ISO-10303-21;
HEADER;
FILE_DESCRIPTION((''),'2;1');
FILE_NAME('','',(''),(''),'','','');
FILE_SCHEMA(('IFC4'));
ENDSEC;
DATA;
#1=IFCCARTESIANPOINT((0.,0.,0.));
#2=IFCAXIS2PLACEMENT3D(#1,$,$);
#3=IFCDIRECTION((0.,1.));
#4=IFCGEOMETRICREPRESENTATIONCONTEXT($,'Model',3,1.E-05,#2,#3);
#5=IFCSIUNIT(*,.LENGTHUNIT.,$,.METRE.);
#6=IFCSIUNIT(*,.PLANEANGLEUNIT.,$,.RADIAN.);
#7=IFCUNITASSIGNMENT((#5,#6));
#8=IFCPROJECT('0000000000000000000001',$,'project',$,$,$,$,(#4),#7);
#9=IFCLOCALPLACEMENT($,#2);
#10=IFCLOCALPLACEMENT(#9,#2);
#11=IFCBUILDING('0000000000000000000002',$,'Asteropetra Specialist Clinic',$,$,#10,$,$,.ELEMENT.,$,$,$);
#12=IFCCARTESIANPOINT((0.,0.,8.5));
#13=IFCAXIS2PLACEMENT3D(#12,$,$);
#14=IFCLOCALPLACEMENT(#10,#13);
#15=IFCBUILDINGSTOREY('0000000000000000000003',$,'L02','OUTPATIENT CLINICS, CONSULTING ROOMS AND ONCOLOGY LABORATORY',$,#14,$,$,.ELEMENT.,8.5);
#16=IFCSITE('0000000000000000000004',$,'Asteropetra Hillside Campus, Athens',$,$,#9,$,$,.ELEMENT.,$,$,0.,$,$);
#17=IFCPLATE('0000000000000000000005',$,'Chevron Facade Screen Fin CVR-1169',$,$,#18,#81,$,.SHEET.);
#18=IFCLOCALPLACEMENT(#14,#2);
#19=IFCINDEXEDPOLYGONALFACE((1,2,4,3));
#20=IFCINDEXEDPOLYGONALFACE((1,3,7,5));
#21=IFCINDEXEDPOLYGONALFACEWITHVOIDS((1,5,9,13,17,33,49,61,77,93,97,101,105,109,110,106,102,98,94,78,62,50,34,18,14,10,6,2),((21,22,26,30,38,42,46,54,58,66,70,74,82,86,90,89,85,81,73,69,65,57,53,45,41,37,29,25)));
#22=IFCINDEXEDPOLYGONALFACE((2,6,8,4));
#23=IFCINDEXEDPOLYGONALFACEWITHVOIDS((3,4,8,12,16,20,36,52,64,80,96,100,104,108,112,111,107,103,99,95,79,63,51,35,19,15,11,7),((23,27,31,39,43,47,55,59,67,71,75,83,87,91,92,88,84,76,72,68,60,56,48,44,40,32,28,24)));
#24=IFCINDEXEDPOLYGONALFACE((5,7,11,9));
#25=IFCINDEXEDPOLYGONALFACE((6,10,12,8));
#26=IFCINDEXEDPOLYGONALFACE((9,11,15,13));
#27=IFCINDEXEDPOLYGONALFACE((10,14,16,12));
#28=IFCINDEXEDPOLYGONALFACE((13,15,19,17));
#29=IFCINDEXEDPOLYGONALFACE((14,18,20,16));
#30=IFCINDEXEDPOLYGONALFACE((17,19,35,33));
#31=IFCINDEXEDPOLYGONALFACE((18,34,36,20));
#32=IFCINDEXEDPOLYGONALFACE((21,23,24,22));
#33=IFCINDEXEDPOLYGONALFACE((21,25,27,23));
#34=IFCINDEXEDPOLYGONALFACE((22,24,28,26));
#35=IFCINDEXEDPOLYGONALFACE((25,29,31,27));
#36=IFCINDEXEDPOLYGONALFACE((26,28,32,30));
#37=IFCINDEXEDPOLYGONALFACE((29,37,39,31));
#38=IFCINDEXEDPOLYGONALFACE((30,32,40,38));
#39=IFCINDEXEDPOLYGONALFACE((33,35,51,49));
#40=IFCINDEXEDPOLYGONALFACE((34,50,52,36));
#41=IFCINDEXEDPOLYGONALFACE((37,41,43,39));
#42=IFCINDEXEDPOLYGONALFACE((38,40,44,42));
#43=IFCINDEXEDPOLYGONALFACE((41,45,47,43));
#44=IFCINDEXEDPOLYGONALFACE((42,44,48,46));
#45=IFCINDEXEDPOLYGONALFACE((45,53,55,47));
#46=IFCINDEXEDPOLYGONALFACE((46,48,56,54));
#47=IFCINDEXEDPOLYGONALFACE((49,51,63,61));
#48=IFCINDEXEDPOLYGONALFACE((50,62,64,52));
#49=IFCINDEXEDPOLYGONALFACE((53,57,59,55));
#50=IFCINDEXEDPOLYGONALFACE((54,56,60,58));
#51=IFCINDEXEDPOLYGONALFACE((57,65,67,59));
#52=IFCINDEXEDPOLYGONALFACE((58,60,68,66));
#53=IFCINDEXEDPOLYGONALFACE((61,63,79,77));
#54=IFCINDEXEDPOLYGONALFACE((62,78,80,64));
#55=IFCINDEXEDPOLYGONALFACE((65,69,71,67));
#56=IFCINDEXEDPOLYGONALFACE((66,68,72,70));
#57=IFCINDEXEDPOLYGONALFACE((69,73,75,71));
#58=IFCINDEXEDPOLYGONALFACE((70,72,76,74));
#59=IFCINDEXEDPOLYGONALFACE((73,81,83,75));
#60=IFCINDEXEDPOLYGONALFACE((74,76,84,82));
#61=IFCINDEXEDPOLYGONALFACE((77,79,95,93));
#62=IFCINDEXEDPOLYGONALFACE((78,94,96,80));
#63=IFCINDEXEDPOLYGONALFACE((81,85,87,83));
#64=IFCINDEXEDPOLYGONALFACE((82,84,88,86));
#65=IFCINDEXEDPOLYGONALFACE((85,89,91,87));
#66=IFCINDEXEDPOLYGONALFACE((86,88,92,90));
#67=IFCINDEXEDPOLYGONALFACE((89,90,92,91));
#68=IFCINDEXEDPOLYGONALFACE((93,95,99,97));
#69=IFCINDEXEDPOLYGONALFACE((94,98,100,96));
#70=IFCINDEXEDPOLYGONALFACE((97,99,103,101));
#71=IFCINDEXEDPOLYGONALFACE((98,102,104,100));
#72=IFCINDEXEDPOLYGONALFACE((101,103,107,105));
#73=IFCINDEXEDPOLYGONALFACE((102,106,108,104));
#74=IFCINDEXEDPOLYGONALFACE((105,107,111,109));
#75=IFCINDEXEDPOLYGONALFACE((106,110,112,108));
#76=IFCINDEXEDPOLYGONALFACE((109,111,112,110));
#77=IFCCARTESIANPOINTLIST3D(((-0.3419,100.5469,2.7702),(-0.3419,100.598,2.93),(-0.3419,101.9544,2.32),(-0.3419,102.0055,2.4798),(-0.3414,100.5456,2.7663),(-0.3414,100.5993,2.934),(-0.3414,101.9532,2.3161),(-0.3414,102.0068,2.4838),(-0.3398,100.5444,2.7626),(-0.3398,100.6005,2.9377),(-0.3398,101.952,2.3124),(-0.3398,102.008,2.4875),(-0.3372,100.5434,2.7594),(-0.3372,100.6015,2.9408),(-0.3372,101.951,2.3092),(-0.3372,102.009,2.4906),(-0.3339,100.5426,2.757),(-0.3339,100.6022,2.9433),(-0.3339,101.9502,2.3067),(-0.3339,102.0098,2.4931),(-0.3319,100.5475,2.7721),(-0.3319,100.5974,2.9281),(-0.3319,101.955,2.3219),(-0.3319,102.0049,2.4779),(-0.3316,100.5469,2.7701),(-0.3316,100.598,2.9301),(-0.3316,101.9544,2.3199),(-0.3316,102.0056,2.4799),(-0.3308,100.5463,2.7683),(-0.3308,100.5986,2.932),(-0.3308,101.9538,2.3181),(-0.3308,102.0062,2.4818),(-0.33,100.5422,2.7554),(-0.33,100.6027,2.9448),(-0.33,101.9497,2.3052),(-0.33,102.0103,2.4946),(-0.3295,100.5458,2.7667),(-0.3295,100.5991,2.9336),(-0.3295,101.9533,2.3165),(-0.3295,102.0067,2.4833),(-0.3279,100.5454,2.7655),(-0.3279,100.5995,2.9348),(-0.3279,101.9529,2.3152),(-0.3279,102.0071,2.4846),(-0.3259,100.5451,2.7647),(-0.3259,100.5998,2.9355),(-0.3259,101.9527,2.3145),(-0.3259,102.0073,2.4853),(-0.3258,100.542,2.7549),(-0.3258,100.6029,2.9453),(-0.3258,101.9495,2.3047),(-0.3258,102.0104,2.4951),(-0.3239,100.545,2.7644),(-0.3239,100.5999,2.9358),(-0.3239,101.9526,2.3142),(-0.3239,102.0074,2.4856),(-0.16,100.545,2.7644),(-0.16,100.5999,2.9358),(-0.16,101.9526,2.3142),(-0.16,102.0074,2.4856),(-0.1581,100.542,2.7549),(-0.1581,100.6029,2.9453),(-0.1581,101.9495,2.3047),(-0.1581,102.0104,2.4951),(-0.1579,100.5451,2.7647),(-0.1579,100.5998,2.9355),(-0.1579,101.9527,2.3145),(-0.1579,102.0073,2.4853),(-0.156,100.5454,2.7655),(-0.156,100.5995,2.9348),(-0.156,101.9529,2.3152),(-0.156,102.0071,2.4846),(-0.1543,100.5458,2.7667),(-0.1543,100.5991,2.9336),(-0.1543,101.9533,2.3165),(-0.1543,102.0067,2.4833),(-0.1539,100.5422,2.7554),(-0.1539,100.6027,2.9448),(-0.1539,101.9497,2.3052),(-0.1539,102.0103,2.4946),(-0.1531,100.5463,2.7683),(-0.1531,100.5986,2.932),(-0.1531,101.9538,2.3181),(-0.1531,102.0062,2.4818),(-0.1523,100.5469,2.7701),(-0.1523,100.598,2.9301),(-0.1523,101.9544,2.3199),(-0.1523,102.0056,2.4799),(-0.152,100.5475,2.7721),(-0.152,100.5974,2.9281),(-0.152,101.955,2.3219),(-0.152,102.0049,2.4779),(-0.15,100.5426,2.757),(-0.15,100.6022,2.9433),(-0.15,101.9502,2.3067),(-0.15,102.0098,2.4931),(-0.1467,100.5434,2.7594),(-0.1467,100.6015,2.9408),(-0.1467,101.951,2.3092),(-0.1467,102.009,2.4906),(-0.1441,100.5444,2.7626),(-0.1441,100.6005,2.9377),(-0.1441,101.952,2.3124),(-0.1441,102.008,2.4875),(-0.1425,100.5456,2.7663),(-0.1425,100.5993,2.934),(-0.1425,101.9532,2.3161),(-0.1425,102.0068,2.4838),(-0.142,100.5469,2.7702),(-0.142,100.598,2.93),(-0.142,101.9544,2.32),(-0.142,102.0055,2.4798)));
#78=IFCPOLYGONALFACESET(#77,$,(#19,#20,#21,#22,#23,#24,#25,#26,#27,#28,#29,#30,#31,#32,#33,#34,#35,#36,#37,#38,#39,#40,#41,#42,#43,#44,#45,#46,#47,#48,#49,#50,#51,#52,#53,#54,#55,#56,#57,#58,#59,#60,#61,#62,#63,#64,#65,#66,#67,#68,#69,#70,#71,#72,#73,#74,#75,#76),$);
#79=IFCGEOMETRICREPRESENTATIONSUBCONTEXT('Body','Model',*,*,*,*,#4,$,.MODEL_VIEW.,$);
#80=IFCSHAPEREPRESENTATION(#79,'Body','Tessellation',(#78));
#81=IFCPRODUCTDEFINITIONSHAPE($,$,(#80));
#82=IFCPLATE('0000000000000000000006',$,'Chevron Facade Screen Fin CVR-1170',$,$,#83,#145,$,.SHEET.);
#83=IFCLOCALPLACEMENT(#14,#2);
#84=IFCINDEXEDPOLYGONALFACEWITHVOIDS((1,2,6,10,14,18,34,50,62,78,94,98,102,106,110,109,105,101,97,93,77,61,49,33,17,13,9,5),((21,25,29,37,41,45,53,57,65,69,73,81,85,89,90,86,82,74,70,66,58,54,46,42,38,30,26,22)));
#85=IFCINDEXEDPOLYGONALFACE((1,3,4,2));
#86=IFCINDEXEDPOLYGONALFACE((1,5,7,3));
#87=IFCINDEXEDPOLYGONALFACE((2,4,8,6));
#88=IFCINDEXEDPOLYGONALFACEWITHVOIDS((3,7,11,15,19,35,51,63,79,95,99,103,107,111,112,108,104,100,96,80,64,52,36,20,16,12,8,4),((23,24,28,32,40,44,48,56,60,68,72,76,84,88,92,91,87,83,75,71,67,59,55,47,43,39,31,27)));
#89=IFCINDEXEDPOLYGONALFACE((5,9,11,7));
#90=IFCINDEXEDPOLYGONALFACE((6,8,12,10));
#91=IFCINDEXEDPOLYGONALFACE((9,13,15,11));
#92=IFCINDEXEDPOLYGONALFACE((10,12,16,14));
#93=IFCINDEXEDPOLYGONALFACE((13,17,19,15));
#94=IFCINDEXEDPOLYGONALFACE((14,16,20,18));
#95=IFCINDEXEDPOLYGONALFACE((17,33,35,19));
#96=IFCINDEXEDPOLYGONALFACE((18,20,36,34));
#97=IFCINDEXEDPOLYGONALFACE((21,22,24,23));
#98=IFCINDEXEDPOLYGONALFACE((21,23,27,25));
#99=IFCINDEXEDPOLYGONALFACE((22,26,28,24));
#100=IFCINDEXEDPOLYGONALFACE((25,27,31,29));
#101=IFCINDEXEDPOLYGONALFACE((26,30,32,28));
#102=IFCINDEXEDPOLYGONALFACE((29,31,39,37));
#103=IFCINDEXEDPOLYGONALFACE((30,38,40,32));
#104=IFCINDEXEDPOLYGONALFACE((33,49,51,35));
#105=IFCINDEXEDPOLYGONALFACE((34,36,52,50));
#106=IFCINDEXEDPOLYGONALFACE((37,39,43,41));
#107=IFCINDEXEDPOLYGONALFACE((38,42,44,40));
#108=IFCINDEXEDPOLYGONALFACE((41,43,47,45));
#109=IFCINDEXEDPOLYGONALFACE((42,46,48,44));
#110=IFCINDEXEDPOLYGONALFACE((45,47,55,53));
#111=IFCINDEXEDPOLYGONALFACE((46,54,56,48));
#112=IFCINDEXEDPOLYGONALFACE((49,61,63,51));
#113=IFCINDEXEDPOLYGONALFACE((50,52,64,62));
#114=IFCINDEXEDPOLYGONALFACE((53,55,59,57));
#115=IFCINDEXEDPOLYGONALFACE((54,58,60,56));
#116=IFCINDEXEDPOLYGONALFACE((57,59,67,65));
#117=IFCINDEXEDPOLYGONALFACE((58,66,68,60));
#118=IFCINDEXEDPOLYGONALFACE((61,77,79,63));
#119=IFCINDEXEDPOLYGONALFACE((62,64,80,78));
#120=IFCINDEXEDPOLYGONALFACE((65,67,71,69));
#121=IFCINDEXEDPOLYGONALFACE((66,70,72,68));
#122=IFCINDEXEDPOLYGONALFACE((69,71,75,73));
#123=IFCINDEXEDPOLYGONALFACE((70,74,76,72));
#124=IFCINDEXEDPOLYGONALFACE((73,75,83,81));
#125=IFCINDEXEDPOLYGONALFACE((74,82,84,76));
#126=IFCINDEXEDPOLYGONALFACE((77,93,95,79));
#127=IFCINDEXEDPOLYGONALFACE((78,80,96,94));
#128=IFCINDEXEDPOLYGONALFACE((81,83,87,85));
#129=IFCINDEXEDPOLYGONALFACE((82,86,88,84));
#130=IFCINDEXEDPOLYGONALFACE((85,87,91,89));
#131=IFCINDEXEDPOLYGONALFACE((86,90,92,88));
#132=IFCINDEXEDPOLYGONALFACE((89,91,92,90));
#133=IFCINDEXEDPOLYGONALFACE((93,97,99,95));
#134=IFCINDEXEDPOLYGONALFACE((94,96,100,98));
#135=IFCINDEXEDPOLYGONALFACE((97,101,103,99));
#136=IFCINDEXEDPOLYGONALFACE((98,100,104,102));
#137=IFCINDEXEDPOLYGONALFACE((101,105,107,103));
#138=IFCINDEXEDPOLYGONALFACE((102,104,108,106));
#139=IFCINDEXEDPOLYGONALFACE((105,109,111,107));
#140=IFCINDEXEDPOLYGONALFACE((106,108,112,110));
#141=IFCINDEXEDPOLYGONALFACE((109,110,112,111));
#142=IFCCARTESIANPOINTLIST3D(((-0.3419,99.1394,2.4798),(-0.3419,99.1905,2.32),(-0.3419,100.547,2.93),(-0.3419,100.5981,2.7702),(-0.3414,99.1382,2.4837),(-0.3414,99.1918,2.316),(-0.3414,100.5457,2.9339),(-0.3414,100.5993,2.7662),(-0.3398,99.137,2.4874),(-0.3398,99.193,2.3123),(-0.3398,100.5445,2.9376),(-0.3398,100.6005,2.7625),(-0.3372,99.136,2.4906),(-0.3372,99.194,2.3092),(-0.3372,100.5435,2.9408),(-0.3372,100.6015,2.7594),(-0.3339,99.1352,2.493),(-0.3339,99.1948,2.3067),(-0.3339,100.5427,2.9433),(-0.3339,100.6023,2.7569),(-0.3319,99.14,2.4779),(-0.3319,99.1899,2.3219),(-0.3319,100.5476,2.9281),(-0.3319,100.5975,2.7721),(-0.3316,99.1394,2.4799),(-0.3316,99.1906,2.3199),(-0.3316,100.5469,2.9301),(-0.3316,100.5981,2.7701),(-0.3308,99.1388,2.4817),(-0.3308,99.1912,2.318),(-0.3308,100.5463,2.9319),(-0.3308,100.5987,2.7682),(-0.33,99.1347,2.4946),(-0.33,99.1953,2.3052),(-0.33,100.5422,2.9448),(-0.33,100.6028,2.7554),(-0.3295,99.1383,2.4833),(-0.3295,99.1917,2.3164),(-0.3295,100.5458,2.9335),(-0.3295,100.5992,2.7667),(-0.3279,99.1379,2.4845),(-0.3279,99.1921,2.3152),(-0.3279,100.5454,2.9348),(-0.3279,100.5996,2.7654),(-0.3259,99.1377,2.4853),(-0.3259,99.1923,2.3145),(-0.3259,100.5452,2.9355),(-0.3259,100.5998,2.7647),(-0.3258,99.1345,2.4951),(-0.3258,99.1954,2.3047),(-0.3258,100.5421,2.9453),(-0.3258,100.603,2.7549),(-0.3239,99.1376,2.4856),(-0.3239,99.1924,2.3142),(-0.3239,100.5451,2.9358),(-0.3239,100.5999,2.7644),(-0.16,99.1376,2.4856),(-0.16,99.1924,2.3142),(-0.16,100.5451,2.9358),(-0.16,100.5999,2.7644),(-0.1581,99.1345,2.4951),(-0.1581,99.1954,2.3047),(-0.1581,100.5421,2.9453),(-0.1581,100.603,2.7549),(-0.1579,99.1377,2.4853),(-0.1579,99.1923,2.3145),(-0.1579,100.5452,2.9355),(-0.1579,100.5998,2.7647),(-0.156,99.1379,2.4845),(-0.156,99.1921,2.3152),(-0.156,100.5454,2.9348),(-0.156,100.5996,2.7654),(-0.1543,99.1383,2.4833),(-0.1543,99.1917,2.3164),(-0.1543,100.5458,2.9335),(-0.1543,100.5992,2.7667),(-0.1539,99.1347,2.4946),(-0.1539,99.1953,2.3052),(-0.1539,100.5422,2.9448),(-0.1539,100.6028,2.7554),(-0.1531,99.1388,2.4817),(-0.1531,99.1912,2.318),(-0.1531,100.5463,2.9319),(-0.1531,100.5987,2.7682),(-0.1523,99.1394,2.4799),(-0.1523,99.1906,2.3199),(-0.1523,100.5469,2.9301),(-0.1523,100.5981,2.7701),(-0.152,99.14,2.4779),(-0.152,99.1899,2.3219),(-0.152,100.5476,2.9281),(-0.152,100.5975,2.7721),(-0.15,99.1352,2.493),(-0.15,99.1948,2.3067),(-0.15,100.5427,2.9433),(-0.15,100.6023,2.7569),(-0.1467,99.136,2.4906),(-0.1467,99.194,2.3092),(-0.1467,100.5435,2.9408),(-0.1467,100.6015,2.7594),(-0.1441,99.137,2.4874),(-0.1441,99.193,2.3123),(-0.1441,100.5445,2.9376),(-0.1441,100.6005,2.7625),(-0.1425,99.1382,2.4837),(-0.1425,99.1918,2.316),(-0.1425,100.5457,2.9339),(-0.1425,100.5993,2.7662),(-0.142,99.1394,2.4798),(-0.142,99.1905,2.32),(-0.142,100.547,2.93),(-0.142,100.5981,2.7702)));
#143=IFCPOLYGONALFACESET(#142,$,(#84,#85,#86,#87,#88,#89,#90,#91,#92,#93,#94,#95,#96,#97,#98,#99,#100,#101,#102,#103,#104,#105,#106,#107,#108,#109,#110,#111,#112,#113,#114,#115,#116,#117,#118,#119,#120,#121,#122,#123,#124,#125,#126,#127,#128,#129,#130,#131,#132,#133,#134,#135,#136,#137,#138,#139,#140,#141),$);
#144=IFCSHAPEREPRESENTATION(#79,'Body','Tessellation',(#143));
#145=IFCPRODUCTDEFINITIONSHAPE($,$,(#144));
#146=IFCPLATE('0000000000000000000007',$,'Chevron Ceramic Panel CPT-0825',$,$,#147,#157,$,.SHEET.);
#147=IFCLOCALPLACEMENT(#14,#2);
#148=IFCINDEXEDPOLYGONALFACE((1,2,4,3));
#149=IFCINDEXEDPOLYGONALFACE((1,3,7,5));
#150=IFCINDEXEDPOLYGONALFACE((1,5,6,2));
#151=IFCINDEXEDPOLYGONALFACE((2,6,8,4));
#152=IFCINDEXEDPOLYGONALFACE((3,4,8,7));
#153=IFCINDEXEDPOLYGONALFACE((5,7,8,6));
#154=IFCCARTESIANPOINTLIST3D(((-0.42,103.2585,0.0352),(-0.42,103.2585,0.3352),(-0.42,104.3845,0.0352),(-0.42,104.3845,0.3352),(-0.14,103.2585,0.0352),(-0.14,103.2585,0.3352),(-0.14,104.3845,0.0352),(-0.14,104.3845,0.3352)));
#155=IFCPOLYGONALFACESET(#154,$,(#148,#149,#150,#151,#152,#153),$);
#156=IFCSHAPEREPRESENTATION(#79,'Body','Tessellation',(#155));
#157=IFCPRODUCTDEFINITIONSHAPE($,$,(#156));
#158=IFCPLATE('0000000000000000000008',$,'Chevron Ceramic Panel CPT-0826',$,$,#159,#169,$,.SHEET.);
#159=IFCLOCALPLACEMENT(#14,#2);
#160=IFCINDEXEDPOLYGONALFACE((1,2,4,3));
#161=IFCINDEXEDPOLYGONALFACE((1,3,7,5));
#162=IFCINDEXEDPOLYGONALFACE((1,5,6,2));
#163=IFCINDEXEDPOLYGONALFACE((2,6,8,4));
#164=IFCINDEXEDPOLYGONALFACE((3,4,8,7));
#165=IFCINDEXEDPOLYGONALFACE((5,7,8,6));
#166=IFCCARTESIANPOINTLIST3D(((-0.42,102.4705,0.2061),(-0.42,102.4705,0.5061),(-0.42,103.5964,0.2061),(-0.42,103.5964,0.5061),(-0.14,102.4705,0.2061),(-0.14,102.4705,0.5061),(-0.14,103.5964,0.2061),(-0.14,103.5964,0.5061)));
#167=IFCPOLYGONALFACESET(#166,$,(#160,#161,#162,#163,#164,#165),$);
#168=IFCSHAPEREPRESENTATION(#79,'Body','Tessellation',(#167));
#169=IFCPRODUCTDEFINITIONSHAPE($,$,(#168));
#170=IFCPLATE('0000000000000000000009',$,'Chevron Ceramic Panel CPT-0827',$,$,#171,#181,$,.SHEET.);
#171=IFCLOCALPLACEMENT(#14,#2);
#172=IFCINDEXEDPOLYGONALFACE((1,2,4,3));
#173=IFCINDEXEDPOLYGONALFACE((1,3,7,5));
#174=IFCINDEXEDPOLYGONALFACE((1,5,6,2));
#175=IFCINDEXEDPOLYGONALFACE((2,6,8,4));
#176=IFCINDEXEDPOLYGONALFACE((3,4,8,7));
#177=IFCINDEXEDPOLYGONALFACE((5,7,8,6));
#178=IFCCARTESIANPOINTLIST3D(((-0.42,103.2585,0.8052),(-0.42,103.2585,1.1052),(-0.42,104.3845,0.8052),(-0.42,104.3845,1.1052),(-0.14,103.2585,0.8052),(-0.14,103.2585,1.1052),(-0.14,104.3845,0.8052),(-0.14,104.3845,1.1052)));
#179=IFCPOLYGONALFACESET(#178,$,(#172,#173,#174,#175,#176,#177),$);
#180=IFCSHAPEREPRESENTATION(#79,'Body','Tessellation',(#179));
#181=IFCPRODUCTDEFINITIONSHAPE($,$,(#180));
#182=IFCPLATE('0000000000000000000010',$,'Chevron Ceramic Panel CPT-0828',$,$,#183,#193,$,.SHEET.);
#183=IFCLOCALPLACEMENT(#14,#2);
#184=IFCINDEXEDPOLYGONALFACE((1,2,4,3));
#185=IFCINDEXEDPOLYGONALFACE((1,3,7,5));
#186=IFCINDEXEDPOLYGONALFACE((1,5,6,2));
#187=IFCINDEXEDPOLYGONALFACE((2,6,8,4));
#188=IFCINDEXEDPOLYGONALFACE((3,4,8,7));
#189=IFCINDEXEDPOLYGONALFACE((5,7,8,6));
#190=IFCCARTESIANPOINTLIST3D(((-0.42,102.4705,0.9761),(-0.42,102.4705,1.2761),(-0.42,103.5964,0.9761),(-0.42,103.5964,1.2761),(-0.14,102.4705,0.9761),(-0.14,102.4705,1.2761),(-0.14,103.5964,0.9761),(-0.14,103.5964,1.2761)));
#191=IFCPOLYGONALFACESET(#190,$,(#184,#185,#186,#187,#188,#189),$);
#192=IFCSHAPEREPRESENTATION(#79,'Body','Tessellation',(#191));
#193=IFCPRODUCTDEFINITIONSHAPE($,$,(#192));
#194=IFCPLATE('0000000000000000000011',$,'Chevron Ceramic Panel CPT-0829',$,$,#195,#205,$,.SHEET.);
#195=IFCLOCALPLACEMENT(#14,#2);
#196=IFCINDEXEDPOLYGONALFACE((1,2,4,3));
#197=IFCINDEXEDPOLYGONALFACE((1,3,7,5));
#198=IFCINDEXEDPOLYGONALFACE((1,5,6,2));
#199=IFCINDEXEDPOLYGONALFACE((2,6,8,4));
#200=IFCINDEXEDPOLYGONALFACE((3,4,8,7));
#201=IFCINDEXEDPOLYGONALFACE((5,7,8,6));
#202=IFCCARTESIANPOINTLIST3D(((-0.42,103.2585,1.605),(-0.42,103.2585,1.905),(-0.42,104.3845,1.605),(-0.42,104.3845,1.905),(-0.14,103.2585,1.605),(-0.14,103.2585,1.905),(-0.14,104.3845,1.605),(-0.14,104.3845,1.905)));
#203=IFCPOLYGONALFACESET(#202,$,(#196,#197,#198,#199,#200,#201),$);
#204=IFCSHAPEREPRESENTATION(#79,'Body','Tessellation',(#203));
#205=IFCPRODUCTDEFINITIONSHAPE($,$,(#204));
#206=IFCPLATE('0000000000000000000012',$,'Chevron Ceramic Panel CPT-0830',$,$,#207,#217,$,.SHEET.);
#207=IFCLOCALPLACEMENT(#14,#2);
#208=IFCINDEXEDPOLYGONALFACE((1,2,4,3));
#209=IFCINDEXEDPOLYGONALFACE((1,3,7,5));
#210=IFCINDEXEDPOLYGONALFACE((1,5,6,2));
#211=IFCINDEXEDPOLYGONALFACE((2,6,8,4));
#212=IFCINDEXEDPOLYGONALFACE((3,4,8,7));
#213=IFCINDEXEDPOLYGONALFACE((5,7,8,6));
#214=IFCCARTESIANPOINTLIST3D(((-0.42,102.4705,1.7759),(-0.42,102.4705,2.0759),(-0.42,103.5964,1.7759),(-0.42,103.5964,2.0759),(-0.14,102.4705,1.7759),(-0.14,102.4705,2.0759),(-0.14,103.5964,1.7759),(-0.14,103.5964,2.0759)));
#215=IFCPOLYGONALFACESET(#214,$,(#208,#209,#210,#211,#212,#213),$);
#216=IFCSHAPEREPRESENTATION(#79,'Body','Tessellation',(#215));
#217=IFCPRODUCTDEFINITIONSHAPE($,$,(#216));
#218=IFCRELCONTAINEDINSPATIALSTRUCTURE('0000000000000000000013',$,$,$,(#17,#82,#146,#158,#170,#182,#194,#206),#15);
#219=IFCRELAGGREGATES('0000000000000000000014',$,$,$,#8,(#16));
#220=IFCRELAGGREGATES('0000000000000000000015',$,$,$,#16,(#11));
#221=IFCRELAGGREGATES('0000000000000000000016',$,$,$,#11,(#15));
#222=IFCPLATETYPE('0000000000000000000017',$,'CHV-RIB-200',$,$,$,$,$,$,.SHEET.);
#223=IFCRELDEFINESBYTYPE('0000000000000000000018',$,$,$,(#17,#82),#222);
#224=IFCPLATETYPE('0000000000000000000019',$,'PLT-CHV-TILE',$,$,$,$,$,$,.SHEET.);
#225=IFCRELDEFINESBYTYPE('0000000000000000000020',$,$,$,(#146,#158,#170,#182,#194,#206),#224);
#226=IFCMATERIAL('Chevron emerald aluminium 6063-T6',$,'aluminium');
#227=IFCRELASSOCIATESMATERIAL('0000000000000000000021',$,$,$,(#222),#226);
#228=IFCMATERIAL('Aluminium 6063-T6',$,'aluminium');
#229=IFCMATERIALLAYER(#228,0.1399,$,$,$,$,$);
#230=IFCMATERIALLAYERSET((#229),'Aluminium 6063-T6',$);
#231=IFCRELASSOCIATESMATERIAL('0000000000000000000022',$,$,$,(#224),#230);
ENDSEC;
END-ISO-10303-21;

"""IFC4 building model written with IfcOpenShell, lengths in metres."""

from ifc_helpers import new_model, si_unit, direction, frame, origin, origin_2d, place, context, subcontext, project, spatial, rectangle, hollow_rectangle, extrude, material, layer, layer_set, material_profile, profile_set, type_object, element, save


model = new_model("IFC4")

# Units and contexts
model_context = context("Model", 3, precision=1e-05, world=origin(), true_north=direction((0.0, 1.0)))
body_context = subcontext(model_context, "Body", "Model", "MODEL_VIEW")
ifc_project = project(units=[si_unit("LENGTHUNIT", "METRE"), si_unit("PLANEANGLEUNIT", "RADIAN")], contexts=[model_context])

# Site, building, storey
site_placement = place(None, origin())
site = spatial("IfcSite", under=ifc_project, at=site_placement, Name="Asteropetra Hillside Campus, Athens", CompositionType="ELEMENT", RefElevation=0.0)
building_placement = place(site_placement, origin())
building = spatial("IfcBuilding", under=site, at=building_placement, Name="Asteropetra Specialist Clinic", CompositionType="ELEMENT")
storey_placement = place(building_placement, frame((0.0, 0.0, 8.5)))
storey = spatial("IfcBuildingStorey", under=building, at=storey_placement, Name="L02", Description="OUTPATIENT CLINICS, CONSULTING ROOMS AND ONCOLOGY LABORATORY", CompositionType="ELEMENT", Elevation=8.5)

# Plates
ifc_material_1 = material(Name="Chevron emerald aluminium 6063-T6", Category="aluminium")
ifc_material_profile = material_profile(ifc_material_1, hollow_rectangle(XDim=0.2, YDim=0.2, WallThickness=0.01, InnerFilletRadius=0.0081, OuterFilletRadius=0.0161, at=origin_2d()), Name="SHS 200x200x10.0")
ifc_profile_set = profile_set([ifc_material_profile], Name="Chevron emerald aluminium 6063-T6")
plate_type_1 = type_object("IfcPlateType", Name="CHV-RIB-200", PredefinedType="SHEET", material=ifc_profile_set)
for number, where, z_axis, x_axis, name in (
    (1, (-0.2419, 101.98, 2.3999), (0.0, -0.952463, 0.304656), (1.0, 0.0, 0.0), "Chevron Facade Screen Fin CVR-1169"),
    (2, (-0.2419, 100.5725, 2.8501), (0.0, -0.952463, -0.304656), (1.0, 0.0, 0.0), "Chevron Facade Screen Fin CVR-1170"),
):
    element("IfcPlate", number, at=place(storey_placement, frame(where, z_axis=z_axis, x_axis=x_axis)), inside=storey, type_object=plate_type_1, Name=name, PredefinedType="SHEET", context=body_context, shape_type="SweptSolid", body=[
        extrude(hollow_rectangle(XDim=0.2, YDim=0.2, WallThickness=0.01, InnerFilletRadius=0.0081, OuterFilletRadius=0.0161, at=origin_2d()), origin(), (0.0, 0.0, 1.0), 1.4778),
    ])
ifc_material_2 = material(Name="Aluminium 6063-T6", Category="aluminium")
ifc_layer_1 = layer(ifc_material_2, 0.1399)
ifc_layer_set_1 = layer_set([ifc_layer_1], Name="Aluminium 6063-T6")
plate_type_2 = type_object("IfcPlateType", Name="PLT-CHV-TILE", PredefinedType="SHEET", material=ifc_layer_set_1)
for number, where, z_axis, x_axis, name in (
    (3, (-0.28, 103.8215, 0.0352), (0.0, 0.0, 1.0), (1.0, 0.0, 0.0), "Chevron Ceramic Panel CPT-0825"),
    (4, (-0.28, 103.0334, 0.2061), (0.0, 0.0, 1.0), (1.0, 0.0, 0.0), "Chevron Ceramic Panel CPT-0826"),
    (5, (-0.28, 103.8215, 0.8052), (0.0, 0.0, 1.0), (1.0, 0.0, 0.0), "Chevron Ceramic Panel CPT-0827"),
    (6, (-0.28, 103.0334, 0.9761), (0.0, 0.0, 1.0), (1.0, 0.0, 0.0), "Chevron Ceramic Panel CPT-0828"),
    (7, (-0.28, 103.8215, 1.605), (0.0, 0.0, 1.0), (1.0, 0.0, 0.0), "Chevron Ceramic Panel CPT-0829"),
    (8, (-0.28, 103.0334, 1.7759), (0.0, 0.0, 1.0), (1.0, 0.0, 0.0), "Chevron Ceramic Panel CPT-0830"),
):
    element("IfcPlate", number, at=place(storey_placement, frame(where, z_axis=z_axis, x_axis=x_axis)), inside=storey, type_object=plate_type_2, Name=name, PredefinedType="SHEET", context=body_context, shape_type="SweptSolid", body=[
        extrude(rectangle(XDim=0.28, YDim=1.126, at=origin_2d()), origin(), (0.0, 0.0, 1.0), 0.3),
    ])

save(model, "model.ifc")
